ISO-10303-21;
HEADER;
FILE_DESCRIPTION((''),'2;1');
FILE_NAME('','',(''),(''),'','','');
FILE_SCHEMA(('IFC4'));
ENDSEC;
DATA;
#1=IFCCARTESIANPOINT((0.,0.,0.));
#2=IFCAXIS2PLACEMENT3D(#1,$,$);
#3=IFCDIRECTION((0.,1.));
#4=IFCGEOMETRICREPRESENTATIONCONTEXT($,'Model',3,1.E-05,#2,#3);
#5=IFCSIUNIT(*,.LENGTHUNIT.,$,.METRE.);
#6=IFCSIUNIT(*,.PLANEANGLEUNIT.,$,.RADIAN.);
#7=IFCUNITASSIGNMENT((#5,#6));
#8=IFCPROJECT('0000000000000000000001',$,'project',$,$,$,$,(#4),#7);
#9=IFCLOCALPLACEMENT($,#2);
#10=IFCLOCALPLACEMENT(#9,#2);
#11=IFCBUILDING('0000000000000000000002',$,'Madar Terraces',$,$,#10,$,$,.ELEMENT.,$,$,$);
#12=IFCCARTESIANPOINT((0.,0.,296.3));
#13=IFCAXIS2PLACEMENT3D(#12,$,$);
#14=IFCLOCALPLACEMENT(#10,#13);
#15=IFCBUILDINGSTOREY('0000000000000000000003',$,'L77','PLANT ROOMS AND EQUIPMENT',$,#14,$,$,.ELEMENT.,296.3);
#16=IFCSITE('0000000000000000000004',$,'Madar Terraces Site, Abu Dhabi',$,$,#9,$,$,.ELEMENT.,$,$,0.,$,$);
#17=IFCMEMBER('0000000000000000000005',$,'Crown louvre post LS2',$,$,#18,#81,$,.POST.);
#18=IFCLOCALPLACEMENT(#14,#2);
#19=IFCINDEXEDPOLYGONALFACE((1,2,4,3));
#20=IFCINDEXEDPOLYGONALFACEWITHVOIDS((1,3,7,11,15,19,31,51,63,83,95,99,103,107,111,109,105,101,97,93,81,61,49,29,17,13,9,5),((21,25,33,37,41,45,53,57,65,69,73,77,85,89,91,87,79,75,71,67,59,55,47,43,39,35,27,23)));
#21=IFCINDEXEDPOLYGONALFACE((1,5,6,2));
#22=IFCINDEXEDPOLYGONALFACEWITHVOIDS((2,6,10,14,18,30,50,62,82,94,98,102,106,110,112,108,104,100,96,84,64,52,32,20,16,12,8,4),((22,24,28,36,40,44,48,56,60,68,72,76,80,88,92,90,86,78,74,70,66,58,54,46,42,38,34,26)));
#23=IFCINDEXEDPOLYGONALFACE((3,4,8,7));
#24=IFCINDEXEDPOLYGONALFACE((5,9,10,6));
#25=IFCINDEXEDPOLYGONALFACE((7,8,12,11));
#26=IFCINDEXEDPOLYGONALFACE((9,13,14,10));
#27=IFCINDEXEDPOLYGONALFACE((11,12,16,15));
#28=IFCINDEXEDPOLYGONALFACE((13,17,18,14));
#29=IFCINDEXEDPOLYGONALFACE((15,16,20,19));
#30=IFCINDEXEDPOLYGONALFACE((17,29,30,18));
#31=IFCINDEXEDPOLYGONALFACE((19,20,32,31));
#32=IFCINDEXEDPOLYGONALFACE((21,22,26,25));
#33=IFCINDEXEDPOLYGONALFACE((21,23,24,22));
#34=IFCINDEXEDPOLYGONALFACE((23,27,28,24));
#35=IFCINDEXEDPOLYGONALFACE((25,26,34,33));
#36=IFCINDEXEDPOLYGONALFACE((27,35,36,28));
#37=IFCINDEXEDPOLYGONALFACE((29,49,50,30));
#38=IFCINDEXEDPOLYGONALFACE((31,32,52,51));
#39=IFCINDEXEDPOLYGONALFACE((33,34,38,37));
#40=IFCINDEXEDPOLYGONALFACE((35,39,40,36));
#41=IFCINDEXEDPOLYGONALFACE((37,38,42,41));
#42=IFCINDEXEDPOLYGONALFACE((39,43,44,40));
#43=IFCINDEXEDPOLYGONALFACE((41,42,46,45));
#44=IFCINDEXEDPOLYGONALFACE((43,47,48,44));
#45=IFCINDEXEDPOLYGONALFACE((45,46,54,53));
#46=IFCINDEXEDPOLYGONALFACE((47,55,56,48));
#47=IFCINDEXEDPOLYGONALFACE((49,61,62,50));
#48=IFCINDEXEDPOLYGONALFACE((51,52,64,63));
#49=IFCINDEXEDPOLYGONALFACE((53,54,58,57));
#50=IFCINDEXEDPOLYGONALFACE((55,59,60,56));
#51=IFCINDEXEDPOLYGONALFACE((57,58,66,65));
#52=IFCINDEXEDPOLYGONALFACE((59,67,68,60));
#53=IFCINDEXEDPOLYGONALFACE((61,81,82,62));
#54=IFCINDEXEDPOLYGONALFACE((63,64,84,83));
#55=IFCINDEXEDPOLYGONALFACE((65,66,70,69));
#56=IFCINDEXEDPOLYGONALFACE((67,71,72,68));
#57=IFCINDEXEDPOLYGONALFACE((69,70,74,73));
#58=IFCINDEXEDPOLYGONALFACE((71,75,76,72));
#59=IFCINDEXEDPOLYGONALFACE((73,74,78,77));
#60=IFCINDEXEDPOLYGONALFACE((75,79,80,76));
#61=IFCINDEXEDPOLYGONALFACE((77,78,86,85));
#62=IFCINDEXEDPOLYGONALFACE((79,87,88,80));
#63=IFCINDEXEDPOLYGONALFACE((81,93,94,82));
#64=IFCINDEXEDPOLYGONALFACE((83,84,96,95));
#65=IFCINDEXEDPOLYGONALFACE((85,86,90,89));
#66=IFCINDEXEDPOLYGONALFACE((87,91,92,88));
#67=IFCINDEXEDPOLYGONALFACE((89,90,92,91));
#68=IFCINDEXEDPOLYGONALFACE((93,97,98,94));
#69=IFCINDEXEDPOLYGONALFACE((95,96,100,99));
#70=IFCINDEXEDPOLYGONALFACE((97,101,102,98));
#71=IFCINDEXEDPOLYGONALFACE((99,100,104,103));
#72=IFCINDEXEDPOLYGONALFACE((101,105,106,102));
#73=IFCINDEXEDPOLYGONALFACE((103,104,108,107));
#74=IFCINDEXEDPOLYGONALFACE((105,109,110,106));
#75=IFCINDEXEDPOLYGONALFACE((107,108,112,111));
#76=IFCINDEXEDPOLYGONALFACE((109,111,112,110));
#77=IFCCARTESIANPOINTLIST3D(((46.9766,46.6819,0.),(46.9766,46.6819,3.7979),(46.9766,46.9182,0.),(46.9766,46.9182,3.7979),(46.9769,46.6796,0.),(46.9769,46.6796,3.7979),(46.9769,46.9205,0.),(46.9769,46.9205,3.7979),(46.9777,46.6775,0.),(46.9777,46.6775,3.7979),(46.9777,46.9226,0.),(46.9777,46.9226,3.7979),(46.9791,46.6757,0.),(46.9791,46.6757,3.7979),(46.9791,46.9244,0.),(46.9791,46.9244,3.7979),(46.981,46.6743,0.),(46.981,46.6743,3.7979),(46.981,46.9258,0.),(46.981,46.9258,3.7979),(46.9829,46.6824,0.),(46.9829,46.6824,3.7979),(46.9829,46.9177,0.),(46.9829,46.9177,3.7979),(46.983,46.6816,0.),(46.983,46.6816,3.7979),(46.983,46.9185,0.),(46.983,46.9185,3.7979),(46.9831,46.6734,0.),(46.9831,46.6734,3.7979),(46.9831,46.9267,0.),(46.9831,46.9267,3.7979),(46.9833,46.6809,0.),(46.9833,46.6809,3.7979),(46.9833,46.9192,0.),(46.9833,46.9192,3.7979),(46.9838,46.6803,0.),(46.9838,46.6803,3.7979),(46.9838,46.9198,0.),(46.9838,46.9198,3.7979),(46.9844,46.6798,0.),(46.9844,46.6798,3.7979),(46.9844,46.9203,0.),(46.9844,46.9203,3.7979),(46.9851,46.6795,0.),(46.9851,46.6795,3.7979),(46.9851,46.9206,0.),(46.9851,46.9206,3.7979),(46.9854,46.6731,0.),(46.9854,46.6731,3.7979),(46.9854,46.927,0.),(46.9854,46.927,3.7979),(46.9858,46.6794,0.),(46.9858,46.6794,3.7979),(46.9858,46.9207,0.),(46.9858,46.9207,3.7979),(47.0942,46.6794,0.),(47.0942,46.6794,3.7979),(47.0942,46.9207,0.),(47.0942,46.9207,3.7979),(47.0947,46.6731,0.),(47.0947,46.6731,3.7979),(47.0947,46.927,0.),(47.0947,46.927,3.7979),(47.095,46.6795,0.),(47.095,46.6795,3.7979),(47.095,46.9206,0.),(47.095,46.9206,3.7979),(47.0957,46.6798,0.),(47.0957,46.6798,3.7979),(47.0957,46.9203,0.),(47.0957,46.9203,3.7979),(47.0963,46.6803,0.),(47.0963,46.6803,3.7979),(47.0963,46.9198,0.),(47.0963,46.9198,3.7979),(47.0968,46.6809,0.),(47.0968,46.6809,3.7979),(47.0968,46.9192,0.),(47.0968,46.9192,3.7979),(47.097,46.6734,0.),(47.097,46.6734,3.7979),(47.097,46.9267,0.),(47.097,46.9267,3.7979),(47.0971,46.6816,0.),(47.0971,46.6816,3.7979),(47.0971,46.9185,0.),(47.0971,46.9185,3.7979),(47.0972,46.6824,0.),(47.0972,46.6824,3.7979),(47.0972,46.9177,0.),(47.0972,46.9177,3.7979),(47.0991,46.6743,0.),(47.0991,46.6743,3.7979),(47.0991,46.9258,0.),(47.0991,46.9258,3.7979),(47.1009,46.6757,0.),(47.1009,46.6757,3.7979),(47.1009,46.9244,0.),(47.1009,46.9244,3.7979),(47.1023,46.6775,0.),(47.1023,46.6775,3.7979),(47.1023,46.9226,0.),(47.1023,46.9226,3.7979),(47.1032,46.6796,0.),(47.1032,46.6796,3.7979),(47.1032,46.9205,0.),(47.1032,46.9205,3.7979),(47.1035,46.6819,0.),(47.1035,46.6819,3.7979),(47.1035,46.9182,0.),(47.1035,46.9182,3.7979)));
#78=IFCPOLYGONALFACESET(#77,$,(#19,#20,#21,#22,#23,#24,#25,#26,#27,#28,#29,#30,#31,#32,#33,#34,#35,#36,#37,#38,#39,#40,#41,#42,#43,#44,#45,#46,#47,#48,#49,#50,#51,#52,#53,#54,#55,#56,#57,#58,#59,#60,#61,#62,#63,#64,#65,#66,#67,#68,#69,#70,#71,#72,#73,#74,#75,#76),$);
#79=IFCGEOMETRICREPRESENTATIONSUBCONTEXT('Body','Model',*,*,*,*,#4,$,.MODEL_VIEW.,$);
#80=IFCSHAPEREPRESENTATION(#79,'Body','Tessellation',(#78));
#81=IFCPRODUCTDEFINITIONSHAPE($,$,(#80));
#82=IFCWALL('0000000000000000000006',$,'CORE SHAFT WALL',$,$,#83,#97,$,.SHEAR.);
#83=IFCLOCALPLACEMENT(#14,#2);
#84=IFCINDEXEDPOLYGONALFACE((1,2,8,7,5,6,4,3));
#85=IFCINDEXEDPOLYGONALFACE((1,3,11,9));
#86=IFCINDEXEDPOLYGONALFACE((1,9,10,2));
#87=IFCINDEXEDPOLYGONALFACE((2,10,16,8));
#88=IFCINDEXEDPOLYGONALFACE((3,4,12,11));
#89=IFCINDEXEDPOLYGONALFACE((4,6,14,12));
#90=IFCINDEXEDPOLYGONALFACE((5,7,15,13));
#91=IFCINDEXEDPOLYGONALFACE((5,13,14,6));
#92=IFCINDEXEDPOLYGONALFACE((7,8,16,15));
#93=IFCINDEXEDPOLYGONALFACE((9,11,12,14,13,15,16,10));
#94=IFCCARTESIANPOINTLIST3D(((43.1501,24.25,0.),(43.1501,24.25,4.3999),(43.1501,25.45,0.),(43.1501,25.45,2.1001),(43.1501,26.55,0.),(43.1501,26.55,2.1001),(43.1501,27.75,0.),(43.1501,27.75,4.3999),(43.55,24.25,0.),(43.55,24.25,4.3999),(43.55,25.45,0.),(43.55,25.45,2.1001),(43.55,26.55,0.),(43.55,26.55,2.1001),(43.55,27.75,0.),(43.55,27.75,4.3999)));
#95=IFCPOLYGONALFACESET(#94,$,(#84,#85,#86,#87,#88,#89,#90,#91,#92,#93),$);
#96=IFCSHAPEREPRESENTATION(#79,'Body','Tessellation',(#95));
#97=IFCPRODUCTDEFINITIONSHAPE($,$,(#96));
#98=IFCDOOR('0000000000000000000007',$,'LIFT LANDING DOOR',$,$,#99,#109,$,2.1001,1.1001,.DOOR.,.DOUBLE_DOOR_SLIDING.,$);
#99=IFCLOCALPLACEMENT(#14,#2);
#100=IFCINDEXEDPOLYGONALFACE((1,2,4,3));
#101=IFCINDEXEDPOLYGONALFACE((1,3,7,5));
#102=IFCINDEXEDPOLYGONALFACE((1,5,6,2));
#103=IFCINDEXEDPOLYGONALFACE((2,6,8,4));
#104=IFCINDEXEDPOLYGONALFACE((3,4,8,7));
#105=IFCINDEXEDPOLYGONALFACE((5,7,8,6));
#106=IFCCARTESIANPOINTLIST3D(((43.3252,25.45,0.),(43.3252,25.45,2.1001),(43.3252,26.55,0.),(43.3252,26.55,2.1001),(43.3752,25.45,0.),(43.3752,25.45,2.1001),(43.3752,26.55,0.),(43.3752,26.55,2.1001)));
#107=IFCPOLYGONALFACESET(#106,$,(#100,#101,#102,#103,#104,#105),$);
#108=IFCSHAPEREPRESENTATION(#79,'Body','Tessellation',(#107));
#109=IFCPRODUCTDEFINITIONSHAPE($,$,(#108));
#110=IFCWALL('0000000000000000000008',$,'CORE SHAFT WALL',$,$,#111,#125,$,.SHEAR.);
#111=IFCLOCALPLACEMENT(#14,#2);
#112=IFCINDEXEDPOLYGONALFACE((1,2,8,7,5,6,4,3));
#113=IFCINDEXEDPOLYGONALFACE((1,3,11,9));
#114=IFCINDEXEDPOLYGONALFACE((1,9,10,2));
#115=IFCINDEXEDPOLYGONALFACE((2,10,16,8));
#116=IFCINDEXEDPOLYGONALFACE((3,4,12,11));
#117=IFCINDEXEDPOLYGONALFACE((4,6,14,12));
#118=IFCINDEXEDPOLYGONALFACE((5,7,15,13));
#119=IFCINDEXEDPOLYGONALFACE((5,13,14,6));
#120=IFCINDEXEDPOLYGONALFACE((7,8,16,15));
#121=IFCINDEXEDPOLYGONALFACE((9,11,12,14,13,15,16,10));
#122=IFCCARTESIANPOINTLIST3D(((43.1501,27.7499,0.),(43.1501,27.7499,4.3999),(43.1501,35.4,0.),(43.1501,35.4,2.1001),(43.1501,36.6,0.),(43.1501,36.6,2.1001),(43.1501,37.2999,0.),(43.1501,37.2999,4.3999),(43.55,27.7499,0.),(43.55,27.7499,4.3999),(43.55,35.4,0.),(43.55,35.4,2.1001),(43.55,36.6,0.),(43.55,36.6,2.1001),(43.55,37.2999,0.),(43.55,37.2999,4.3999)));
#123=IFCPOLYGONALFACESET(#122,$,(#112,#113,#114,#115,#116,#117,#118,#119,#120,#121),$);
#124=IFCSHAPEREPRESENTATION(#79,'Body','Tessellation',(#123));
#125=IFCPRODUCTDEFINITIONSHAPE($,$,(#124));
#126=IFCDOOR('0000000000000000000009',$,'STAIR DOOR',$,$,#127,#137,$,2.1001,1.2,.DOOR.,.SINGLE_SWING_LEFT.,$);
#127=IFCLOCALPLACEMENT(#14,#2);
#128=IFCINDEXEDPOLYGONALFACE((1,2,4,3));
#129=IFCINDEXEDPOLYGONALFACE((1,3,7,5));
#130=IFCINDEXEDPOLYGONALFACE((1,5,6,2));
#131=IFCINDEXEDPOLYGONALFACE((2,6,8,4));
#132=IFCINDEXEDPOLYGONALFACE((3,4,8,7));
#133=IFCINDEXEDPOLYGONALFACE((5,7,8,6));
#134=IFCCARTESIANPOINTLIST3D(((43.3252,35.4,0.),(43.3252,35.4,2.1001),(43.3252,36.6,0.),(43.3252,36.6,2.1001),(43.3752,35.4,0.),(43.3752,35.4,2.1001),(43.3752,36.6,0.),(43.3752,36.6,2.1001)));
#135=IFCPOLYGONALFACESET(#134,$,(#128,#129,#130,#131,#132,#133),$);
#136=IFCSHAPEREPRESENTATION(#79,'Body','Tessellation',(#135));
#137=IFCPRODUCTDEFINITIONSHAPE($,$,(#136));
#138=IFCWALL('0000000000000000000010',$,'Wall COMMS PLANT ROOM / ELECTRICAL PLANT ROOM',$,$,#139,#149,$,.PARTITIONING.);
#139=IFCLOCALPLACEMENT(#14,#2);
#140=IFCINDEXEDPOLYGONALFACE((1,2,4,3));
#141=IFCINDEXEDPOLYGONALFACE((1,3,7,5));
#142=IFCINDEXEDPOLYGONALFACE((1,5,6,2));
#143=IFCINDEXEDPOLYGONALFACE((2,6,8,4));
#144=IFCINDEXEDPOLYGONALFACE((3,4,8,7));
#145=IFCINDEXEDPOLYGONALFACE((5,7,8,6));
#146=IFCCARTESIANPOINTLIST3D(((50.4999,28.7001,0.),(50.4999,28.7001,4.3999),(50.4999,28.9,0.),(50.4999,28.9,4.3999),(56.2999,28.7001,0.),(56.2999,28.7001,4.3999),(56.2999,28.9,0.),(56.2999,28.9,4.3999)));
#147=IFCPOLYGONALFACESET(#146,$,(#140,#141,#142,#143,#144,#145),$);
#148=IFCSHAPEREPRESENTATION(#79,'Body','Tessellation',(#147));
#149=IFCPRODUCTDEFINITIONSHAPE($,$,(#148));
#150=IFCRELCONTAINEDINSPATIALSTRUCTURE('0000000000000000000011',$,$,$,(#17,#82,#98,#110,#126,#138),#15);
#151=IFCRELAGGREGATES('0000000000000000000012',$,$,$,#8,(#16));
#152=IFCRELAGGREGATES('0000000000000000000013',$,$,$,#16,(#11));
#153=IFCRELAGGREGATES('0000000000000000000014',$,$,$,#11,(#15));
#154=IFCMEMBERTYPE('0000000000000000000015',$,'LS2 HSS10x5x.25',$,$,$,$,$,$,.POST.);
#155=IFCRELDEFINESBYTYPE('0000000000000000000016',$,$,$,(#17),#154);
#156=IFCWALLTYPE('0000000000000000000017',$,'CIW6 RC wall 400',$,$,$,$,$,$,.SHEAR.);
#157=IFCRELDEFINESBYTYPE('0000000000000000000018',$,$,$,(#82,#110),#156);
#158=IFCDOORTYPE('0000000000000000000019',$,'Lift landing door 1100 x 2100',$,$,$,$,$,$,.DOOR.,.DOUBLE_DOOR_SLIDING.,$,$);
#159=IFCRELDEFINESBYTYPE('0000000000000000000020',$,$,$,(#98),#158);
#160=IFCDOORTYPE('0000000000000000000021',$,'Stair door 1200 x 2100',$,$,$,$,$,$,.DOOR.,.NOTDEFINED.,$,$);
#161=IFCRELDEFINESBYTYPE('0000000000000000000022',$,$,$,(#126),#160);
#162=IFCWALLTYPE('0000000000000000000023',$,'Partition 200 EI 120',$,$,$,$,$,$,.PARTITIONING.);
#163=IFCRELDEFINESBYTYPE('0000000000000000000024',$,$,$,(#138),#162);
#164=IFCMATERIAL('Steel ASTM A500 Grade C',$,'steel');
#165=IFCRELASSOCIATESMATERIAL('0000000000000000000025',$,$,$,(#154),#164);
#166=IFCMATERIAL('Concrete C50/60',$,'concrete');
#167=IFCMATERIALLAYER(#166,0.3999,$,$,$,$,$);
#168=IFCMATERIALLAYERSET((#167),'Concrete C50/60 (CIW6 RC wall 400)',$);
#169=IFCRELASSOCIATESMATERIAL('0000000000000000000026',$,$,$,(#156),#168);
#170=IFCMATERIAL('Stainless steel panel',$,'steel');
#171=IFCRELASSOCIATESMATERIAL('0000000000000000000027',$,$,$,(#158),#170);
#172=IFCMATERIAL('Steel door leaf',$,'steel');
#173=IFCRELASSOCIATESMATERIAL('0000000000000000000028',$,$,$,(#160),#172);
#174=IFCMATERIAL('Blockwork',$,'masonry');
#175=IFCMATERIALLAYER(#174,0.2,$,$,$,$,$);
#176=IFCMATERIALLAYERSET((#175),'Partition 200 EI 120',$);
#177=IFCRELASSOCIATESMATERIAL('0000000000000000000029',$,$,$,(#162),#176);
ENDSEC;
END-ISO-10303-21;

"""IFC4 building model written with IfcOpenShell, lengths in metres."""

from ifc_helpers import new_model, si_unit, direction, frame, frame_2d, origin, origin_2d, place, context, subcontext, project, spatial, rectangle, hollow_rectangle, extrude, material, layer, layer_set, material_profile, profile_set, type_object, element, fill, save


model = new_model("IFC4")

# Units and contexts
model_context = context("Model", 3, precision=1e-05, world=origin(), true_north=direction((0.0, 1.0)))
body_context = subcontext(model_context, "Body", "Model", "MODEL_VIEW")
ifc_project = project(units=[si_unit("LENGTHUNIT", "METRE"), si_unit("PLANEANGLEUNIT", "RADIAN")], contexts=[model_context])

# Site, building, storey
site_placement = place(None, origin())
site = spatial("IfcSite", under=ifc_project, at=site_placement, Name="Madar Terraces Site, Abu Dhabi", CompositionType="ELEMENT", RefElevation=0.0)
building_placement = place(site_placement, origin())
building = spatial("IfcBuilding", under=site, at=building_placement, Name="Madar Terraces", CompositionType="ELEMENT")
storey_placement = place(building_placement, frame((0.0, 0.0, 296.3)))
storey = spatial("IfcBuildingStorey", under=building, at=storey_placement, Name="L77", Description="PLANT ROOMS AND EQUIPMENT", CompositionType="ELEMENT", Elevation=296.3)

# Member
ifc_material_1 = material(Name="Steel ASTM A500 Grade C", Category="steel")
ifc_material_profile_1 = material_profile(ifc_material_1, hollow_rectangle(XDim=0.127, YDim=0.2539, WallThickness=0.0063, InnerFilletRadius=0.0029, OuterFilletRadius=0.0088, at=origin_2d()), Name="HSS10x5x.25")
ifc_profile_set_1 = profile_set([ifc_material_profile_1], Name="Steel ASTM A500 Grade C")
member_type = type_object("IfcMemberType", Name="LS2 HSS10x5x.25", PredefinedType="POST", material=ifc_profile_set_1)
for number, where, z_axis, x_axis, name in (
    (1, (47.04, 46.8, 0.0), (0.0, 0.0, 1.0), (-1.0, 0.0, 0.0), "Crown louvre post LS2"),
):
    element("IfcMember", number, at=place(storey_placement, frame(where, z_axis=z_axis, x_axis=x_axis)), inside=storey, type_object=member_type, Name=name, PredefinedType="POST", context=body_context, shape_type="SweptSolid", body=[
        extrude(hollow_rectangle(XDim=0.127, YDim=0.2539, WallThickness=0.0063, InnerFilletRadius=0.0029, OuterFilletRadius=0.0088, at=origin_2d()), origin(), (0.0, 0.0, 1.0), 3.7979),
    ])

# Walls, openings, doors
ifc_material_2 = material(Name="Concrete C50/60", Category="concrete")
ifc_layer_1 = layer(ifc_material_2, 0.3999)
ifc_layer_set_1 = layer_set([ifc_layer_1], Name="Concrete C50/60 (CIW6 RC wall 400)")
wall_type_1 = type_object("IfcWallType", Name="CIW6 RC wall 400", PredefinedType="SHEAR", material=ifc_layer_set_1)
wall_1_placement = place(storey_placement, frame((43.3501, 24.25, 0.0), z_axis=(0.0, 0.0, 1.0), x_axis=(0.0, 1.0, 0.0)))
wall_1 = element("IfcWall", 2, at=wall_1_placement, inside=storey, type_object=wall_type_1, Name="CORE SHAFT WALL", PredefinedType="SHEAR", context=body_context, shape_type="SweptSolid", body=[
    extrude(rectangle(XDim=3.5, YDim=0.3999, at=frame_2d((1.75, 0.0))), origin(), (0.0, 0.0, 1.0), 4.3999),
])
opening_1_placement = place(wall_1_placement, frame((1.2, 0.0, 0.0)))
opening_1 = element("IfcOpeningElement", 3, at=opening_1_placement, cuts=wall_1, PredefinedType="OPENING", context=body_context, shape_type="SweptSolid", body=[
    extrude(rectangle(XDim=1.1001, YDim=2.1001, at=frame_2d((0.55, 1.05))), frame((0.0, 0.21, 0.0), z_axis=(0.0, -1.0, 0.0), x_axis=(1.0, 0.0, 0.0)), (0.0, 0.0, 1.0), 0.4199),
])
ifc_material_3 = material(Name="Stainless steel panel", Category="steel")
door_type_1 = type_object("IfcDoorType", Name="Lift landing door 1100 x 2100", OperationType="DOUBLE_DOOR_SLIDING", PredefinedType="DOOR", material=ifc_material_3)
door_1_placement = place(opening_1_placement, origin())
door_1 = element("IfcDoor", 4, at=door_1_placement, inside=storey, type_object=door_type_1, Name="LIFT LANDING DOOR", OperationType="DOUBLE_DOOR_SLIDING", OverallHeight=2.1001, OverallWidth=1.1001, PredefinedType="DOOR", context=body_context, shape_type="SweptSolid", body=[
    extrude(rectangle(XDim=1.1001, YDim=2.1001, at=frame_2d((0.55, 1.05))), frame((0.0, 0.0249, 0.0), z_axis=(0.0, -1.0, 0.0), x_axis=(1.0, 0.0, 0.0)), (0.0, 0.0, 1.0), 0.05),
])
fill(opening_1, door_1)
wall_2_placement = place(storey_placement, frame((43.3501, 27.75, 0.0), z_axis=(0.0, 0.0, 1.0), x_axis=(0.0, 1.0, 0.0)))
wall_2 = element("IfcWall", 5, at=wall_2_placement, inside=storey, type_object=wall_type_1, Name="CORE SHAFT WALL", PredefinedType="SHEAR", context=body_context, shape_type="SweptSolid", body=[
    extrude(rectangle(XDim=9.55, YDim=0.3999, at=frame_2d((4.7749, 0.0))), origin(), (0.0, 0.0, 1.0), 4.3999),
])
opening_2_placement = place(wall_2_placement, frame((7.6499, 0.0, 0.0)))
opening_2 = element("IfcOpeningElement", 6, at=opening_2_placement, cuts=wall_2, PredefinedType="OPENING", context=body_context, shape_type="SweptSolid", body=[
    extrude(rectangle(XDim=1.2, YDim=2.1001, at=frame_2d((0.6001, 1.05))), frame((0.0, 0.21, 0.0), z_axis=(0.0, -1.0, 0.0), x_axis=(1.0, 0.0, 0.0)), (0.0, 0.0, 1.0), 0.4199),
])
ifc_material_4 = material(Name="Steel door leaf", Category="steel")
door_type_2 = type_object("IfcDoorType", Name="Stair door 1200 x 2100", OperationType="NOTDEFINED", PredefinedType="DOOR", material=ifc_material_4)
door_2_placement = place(opening_2_placement, origin())
door_2 = element("IfcDoor", 7, at=door_2_placement, inside=storey, type_object=door_type_2, Name="STAIR DOOR", OperationType="SINGLE_SWING_LEFT", OverallHeight=2.1001, OverallWidth=1.2, PredefinedType="DOOR", context=body_context, shape_type="SweptSolid", body=[
    extrude(rectangle(XDim=1.2, YDim=2.1001, at=frame_2d((0.6001, 1.05))), frame((0.0, 0.0249, 0.0), z_axis=(0.0, -1.0, 0.0), x_axis=(1.0, 0.0, 0.0)), (0.0, 0.0, 1.0), 0.05),
])
fill(opening_2, door_2)

# Wall
ifc_material_5 = material(Name="Blockwork", Category="masonry")
ifc_layer_2 = layer(ifc_material_5, 0.2)
ifc_layer_set_2 = layer_set([ifc_layer_2], Name="Partition 200 EI 120")
wall_type_2 = type_object("IfcWallType", Name="Partition 200 EI 120", PredefinedType="PARTITIONING", material=ifc_layer_set_2)
wall_3_placement = place(storey_placement, frame((50.5, 28.8, 0.0), z_axis=(0.0, 0.0, 1.0), x_axis=(1.0, 0.0, 0.0)))
element("IfcWall", 8, at=wall_3_placement, inside=storey, type_object=wall_type_2, Name="Wall COMMS PLANT ROOM / ELECTRICAL PLANT ROOM", PredefinedType="PARTITIONING", context=body_context, shape_type="SweptSolid", body=[
    extrude(rectangle(XDim=5.8, YDim=0.2, at=frame_2d((2.8999, 0.0))), origin(), (0.0, 0.0, 1.0), 4.3999),
])

save(model, "model.ifc")
